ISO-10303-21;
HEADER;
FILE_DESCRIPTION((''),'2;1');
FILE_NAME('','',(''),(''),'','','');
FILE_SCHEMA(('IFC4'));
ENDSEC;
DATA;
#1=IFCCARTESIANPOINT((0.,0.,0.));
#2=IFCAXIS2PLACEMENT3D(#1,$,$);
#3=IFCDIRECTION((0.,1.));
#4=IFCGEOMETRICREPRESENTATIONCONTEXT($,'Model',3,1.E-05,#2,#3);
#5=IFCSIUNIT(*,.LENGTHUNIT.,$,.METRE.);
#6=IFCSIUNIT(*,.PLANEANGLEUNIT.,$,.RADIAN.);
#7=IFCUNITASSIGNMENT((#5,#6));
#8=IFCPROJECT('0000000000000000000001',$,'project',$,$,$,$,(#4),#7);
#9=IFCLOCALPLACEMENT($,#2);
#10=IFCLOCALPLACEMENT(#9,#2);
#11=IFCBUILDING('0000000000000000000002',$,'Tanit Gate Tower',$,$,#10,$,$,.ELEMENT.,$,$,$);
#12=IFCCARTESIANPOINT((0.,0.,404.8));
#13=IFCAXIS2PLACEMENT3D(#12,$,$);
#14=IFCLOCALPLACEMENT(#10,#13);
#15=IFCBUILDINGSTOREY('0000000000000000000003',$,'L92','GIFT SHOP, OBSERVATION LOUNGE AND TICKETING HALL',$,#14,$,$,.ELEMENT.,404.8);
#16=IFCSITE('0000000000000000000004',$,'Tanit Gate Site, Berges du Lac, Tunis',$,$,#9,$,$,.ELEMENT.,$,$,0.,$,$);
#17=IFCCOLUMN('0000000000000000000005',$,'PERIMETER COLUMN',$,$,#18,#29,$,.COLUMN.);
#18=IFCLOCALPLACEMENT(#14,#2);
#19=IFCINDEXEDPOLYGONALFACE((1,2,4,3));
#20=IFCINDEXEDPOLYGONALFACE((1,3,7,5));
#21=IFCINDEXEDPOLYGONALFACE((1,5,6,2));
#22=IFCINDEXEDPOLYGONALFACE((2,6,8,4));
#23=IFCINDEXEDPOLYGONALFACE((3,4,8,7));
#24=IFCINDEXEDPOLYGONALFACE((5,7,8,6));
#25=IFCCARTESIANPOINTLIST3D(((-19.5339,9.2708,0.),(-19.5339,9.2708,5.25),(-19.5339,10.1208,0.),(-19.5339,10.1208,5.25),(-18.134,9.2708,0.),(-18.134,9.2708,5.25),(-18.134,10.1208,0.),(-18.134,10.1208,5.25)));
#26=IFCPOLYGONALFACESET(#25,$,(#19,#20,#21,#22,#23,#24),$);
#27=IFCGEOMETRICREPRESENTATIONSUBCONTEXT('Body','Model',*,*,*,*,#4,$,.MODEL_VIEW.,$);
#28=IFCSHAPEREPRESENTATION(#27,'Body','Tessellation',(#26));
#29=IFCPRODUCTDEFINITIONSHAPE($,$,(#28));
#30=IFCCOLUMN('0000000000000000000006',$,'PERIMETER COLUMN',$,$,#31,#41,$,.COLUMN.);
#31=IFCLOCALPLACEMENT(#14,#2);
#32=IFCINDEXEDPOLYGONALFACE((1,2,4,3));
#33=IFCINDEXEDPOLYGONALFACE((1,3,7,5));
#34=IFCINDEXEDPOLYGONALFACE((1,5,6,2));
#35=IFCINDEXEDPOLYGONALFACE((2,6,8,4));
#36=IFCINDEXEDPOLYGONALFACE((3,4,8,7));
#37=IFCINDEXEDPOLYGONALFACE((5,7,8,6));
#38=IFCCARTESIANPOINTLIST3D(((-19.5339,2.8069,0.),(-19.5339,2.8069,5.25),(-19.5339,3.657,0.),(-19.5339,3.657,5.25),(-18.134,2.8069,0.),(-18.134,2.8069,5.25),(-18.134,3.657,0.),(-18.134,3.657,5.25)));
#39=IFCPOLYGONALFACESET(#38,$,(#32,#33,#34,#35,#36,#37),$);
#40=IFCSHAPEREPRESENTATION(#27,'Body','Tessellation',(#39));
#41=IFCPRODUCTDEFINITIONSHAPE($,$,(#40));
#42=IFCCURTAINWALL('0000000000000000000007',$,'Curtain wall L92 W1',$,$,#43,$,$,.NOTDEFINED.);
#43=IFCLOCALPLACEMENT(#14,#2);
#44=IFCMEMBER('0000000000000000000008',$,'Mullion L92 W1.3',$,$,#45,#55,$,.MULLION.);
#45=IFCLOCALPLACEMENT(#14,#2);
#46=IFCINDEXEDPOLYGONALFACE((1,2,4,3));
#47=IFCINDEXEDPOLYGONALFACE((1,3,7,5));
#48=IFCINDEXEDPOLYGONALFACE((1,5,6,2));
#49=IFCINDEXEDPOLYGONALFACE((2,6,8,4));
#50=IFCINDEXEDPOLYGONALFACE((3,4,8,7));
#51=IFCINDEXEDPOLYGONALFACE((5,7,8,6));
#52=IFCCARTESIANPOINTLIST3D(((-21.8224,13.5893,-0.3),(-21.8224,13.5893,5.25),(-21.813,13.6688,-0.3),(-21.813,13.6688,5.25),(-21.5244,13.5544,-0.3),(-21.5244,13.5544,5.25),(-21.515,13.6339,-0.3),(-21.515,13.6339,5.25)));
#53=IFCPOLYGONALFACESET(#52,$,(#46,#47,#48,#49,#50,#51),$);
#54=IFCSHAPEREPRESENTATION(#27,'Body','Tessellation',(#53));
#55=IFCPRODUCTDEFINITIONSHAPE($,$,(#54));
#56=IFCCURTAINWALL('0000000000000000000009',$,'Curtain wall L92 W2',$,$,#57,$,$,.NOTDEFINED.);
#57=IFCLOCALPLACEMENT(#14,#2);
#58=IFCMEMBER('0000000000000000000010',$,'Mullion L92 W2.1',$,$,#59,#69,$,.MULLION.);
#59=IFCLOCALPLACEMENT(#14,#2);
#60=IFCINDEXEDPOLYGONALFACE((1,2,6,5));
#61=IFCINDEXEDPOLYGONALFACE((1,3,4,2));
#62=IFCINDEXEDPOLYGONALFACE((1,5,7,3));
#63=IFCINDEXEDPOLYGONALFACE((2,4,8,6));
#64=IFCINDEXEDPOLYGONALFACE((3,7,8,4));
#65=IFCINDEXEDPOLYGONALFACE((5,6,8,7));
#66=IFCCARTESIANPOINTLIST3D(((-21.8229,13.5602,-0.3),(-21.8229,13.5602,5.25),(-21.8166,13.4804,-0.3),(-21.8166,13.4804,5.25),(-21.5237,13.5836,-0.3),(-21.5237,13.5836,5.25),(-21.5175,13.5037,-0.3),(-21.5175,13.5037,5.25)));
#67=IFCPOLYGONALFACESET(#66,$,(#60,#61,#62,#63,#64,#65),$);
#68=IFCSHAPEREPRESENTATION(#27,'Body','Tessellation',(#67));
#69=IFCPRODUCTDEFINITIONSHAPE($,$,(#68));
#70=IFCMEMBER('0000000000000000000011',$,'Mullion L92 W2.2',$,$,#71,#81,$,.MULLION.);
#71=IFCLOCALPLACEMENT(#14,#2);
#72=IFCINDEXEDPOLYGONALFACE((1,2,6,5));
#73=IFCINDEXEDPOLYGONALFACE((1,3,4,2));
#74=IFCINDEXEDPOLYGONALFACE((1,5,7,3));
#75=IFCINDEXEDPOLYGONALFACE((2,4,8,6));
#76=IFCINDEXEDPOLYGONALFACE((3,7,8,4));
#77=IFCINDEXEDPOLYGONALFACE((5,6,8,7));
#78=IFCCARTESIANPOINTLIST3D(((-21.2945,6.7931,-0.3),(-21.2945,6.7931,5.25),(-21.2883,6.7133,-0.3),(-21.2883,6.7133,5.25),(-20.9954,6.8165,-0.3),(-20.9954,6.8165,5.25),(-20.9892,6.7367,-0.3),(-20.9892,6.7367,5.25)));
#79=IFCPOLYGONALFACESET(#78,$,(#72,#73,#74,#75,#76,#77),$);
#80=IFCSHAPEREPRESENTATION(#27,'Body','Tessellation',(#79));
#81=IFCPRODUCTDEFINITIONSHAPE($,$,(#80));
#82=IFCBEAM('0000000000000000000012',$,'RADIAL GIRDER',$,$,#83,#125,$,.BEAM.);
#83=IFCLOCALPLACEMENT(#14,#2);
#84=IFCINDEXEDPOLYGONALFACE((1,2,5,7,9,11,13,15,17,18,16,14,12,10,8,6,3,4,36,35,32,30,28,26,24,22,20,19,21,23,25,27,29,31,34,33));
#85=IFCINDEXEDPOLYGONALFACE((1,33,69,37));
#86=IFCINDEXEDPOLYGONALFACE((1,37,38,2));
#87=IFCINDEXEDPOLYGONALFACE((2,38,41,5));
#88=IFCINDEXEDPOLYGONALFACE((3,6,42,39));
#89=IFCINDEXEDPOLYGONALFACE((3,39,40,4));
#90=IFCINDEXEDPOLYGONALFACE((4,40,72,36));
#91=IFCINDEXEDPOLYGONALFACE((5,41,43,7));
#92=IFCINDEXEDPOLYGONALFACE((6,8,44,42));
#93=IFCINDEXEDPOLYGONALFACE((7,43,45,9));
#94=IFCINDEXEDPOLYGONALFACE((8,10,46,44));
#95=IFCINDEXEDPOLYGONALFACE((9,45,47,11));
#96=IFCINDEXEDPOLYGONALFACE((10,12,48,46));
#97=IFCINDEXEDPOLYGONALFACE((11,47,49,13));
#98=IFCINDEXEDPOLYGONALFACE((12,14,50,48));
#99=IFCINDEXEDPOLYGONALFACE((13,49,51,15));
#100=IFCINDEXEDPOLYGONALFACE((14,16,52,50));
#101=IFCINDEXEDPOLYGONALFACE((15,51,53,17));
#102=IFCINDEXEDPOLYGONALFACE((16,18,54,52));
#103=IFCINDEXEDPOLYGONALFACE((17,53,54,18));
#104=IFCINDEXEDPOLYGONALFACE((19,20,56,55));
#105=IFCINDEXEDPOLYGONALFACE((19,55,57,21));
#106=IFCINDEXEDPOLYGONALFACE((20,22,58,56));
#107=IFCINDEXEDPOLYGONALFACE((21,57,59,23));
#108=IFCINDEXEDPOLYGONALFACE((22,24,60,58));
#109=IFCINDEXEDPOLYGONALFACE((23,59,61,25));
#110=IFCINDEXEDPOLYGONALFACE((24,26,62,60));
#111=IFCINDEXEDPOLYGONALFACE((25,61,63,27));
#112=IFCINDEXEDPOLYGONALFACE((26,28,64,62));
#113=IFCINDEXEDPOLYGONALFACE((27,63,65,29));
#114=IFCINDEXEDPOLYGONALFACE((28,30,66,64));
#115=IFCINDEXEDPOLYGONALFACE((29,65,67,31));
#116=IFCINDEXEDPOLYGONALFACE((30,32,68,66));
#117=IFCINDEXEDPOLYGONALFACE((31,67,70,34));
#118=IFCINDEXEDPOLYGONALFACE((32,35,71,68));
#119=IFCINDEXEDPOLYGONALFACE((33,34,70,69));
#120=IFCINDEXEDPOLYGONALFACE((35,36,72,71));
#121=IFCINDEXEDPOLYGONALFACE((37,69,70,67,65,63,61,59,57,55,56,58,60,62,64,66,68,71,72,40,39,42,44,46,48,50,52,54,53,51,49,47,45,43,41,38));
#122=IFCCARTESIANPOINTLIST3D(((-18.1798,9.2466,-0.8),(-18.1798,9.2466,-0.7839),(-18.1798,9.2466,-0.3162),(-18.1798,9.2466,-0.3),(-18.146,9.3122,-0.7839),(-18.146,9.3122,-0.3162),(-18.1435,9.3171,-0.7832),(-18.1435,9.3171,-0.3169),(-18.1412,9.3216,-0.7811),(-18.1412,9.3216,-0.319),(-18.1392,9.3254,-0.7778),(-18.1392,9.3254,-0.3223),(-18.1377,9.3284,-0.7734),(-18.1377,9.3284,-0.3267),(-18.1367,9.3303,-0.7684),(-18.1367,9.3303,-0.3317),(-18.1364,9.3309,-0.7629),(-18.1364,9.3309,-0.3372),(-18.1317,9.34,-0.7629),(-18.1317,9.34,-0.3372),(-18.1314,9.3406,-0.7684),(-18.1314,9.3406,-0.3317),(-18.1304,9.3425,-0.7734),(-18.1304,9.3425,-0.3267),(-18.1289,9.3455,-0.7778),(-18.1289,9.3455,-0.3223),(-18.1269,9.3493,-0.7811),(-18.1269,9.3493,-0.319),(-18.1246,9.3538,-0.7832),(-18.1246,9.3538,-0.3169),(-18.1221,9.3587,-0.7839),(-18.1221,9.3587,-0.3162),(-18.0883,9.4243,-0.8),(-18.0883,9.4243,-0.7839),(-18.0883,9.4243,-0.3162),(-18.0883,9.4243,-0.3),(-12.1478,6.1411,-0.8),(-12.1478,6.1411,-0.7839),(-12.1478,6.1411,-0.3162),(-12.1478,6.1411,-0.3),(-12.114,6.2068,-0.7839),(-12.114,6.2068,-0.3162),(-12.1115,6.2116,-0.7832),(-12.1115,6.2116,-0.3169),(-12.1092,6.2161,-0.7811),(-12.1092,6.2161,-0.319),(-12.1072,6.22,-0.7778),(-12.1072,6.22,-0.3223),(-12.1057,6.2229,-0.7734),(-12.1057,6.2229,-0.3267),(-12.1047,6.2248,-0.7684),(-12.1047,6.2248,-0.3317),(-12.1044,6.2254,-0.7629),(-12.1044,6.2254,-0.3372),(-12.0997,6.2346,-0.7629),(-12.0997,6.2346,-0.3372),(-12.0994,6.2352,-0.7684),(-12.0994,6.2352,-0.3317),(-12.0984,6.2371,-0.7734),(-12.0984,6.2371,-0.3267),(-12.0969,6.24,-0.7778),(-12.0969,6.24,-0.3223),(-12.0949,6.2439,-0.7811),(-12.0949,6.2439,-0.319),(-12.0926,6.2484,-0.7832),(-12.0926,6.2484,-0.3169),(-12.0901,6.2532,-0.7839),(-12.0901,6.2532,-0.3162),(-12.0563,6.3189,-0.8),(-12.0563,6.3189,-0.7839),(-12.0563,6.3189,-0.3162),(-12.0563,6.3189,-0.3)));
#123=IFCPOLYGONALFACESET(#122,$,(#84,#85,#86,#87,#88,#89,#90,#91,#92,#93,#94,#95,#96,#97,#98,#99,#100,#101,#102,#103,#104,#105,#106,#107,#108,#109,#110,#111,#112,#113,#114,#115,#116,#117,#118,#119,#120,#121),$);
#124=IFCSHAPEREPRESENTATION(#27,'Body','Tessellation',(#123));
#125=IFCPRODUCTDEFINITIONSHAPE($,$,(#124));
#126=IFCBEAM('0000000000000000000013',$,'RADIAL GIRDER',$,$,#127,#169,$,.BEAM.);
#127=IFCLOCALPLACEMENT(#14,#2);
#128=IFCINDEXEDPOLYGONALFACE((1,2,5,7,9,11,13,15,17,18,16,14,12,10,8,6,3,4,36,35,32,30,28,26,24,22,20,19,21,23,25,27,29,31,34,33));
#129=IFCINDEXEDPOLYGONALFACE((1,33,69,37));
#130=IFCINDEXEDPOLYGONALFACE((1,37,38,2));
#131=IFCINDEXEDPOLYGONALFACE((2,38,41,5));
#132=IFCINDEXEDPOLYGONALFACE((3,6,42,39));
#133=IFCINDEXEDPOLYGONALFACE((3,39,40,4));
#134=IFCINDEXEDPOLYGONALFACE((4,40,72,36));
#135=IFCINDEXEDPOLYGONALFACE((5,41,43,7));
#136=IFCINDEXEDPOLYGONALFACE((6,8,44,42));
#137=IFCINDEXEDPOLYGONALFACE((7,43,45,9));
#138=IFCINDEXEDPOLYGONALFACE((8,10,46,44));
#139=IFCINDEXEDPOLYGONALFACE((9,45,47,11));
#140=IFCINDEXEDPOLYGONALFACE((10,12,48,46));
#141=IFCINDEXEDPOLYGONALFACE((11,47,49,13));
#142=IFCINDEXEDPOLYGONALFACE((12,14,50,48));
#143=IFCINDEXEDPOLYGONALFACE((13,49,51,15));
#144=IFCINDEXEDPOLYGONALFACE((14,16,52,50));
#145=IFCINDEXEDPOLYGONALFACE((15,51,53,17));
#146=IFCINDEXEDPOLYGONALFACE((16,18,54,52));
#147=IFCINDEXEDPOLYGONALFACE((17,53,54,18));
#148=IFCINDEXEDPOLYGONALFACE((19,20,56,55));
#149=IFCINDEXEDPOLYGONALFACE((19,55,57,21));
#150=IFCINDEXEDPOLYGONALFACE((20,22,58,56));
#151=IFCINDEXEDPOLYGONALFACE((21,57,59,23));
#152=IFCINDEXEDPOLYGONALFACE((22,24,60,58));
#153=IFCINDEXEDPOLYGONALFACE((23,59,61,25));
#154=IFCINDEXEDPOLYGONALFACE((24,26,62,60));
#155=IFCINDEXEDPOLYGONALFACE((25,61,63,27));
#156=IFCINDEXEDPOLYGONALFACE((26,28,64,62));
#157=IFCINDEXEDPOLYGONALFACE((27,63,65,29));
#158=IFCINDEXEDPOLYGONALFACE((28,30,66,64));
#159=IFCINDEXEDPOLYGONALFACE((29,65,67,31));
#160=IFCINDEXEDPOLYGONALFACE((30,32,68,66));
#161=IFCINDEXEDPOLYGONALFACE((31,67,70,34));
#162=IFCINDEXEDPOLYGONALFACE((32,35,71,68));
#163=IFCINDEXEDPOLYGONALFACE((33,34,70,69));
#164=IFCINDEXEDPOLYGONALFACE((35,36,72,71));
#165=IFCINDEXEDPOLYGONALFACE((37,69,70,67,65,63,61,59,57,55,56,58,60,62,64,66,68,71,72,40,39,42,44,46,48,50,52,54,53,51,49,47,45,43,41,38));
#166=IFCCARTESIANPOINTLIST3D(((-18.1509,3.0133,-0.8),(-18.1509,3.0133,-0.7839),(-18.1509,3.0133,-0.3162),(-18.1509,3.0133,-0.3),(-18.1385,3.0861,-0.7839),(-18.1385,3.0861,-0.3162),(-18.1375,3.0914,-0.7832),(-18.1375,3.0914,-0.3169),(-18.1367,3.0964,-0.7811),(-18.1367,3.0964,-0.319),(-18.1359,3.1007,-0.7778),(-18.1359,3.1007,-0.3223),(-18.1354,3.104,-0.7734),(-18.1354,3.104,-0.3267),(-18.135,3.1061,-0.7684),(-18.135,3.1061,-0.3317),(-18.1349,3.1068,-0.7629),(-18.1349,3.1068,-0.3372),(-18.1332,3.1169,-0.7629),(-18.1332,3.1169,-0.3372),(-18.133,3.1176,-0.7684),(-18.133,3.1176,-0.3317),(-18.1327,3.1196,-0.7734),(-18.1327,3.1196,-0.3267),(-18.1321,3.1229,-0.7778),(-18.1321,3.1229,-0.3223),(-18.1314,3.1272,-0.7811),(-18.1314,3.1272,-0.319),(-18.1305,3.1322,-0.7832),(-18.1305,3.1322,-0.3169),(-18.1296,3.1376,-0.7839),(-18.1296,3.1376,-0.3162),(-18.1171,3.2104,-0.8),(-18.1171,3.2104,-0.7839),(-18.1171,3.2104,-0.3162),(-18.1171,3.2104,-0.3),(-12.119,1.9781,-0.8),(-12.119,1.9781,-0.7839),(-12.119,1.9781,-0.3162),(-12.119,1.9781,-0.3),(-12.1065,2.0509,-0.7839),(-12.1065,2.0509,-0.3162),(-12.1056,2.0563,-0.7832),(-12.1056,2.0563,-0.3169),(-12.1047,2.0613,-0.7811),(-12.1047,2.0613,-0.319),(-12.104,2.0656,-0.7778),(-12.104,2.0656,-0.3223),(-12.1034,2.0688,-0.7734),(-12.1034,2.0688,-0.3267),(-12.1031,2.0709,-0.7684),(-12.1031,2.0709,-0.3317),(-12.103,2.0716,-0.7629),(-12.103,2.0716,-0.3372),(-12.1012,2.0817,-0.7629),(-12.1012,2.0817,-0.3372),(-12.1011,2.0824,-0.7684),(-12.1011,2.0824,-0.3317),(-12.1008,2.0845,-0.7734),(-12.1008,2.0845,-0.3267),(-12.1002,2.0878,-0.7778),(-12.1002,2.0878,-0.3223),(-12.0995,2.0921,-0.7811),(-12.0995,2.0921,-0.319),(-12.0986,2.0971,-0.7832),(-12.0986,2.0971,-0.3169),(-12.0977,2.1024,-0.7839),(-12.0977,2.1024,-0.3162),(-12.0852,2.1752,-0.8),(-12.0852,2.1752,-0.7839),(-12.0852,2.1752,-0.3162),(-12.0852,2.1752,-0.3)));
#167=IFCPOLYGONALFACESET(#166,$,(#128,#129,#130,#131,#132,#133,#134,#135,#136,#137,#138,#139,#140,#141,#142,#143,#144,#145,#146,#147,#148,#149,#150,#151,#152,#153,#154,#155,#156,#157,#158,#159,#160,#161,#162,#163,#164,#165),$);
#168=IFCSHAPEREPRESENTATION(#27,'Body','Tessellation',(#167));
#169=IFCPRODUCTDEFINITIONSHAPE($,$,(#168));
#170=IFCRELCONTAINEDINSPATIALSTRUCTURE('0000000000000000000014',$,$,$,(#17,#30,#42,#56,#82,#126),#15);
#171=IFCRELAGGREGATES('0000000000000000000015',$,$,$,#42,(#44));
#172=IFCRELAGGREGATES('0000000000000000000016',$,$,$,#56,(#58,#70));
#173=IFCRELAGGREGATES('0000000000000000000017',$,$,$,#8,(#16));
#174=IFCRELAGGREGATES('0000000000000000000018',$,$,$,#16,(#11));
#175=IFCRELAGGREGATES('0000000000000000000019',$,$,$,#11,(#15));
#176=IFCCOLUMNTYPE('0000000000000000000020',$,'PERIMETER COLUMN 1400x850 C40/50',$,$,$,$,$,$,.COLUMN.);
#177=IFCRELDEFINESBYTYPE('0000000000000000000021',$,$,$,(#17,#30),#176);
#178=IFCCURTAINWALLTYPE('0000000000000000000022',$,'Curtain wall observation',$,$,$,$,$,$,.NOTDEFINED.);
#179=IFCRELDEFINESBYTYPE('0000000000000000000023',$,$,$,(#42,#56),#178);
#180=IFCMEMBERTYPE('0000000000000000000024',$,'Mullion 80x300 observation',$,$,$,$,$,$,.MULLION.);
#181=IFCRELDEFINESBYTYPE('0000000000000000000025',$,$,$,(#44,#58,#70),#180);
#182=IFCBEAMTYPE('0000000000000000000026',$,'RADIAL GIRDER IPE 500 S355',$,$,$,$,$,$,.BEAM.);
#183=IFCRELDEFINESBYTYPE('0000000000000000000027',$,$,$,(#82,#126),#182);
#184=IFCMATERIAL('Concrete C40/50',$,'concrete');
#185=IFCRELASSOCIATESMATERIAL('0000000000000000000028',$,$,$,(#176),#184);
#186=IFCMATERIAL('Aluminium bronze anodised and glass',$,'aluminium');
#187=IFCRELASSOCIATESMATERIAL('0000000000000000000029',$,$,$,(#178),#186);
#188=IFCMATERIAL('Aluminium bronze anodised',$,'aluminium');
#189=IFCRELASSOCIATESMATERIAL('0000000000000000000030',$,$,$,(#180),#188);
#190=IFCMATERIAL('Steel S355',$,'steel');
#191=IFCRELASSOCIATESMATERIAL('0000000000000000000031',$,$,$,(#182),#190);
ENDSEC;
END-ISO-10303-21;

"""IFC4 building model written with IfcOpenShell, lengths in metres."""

from ifc_helpers import new_model, si_unit, direction, frame, origin, origin_2d, place, context, subcontext, project, spatial, rectangle, i_section, extrude, material, material_profile, profile_set, type_object, element, aggregate, save


model = new_model("IFC4")

# Units and contexts
model_context = context("Model", 3, precision=1e-05, world=origin(), true_north=direction((0.0, 1.0)))
body_context = subcontext(model_context, "Body", "Model", "MODEL_VIEW")
ifc_project = project(units=[si_unit("LENGTHUNIT", "METRE"), si_unit("PLANEANGLEUNIT", "RADIAN")], contexts=[model_context])

# Site, building, storey
site_placement = place(None, origin())
site = spatial("IfcSite", under=ifc_project, at=site_placement, Name="Tanit Gate Site, Berges du Lac, Tunis", CompositionType="ELEMENT", RefElevation=0.0)
building_placement = place(site_placement, origin())
building = spatial("IfcBuilding", under=site, at=building_placement, Name="Tanit Gate Tower", CompositionType="ELEMENT")
storey_placement = place(building_placement, frame((0.0, 0.0, 404.8)))
storey = spatial("IfcBuildingStorey", under=building, at=storey_placement, Name="L92", Description="GIFT SHOP, OBSERVATION LOUNGE AND TICKETING HALL", CompositionType="ELEMENT", Elevation=404.8)

# Columns
ifc_material_1 = material(Name="Concrete C40/50", Category="concrete")
ifc_material_profile_1 = material_profile(ifc_material_1, rectangle(XDim=1.3999, YDim=0.8501, at=origin_2d()), Name="RC 1400x850")
ifc_profile_set_1 = profile_set([ifc_material_profile_1], Name="Concrete C40/50")
column_type = type_object("IfcColumnType", Name="PERIMETER COLUMN 1400x850 C40/50", PredefinedType="COLUMN", material=ifc_profile_set_1)
for number, where, z_axis, x_axis, name in (
    (1, (-18.834, 9.6958, 0.0), (0.0, 0.0, 1.0), (-1.0, 0.0, 0.0), "PERIMETER COLUMN"),
    (2, (-18.834, 3.2319, 0.0), (0.0, 0.0, 1.0), (-1.0, 0.0, 0.0), "PERIMETER COLUMN"),
):
    element("IfcColumn", number, at=place(storey_placement, frame(where, z_axis=z_axis, x_axis=x_axis)), inside=storey, type_object=column_type, Name=name, PredefinedType="COLUMN", context=body_context, shape_type="SweptSolid", body=[
        extrude(rectangle(XDim=1.3999, YDim=0.8501, at=origin_2d()), origin(), (0.0, 0.0, 1.0), 5.25),
    ])

# Curtain wall, member
ifc_material_2 = material(Name="Aluminium bronze anodised and glass", Category="aluminium")
curtain_wall_type = type_object("IfcCurtainWallType", Name="Curtain wall observation", PredefinedType="NOTDEFINED", material=ifc_material_2)
curtain_wall_1_placement = place(storey_placement, origin())
curtain_wall_1 = element("IfcCurtainWall", 3, at=curtain_wall_1_placement, inside=storey, type_object=curtain_wall_type, Name="Curtain wall L92 W1", PredefinedType="NOTDEFINED")
ifc_material_3 = material(Name="Aluminium bronze anodised", Category="aluminium")
ifc_material_profile_2 = material_profile(ifc_material_3, rectangle(XDim=0.3, YDim=0.0801, at=origin_2d()), Name="80x300 bronze mullion")
ifc_profile_set_2 = profile_set([ifc_material_profile_2], Name="Aluminium bronze anodised")
member_type_1 = type_object("IfcMemberType", Name="Mullion 80x300 observation", PredefinedType="MULLION", material=ifc_profile_set_2)
member_1_placement = place(storey_placement, frame((-21.6687, 13.6116, -0.3), z_axis=(0.0, 0.0, 1.0), x_axis=(0.993212, -0.116318, 0.0)))
member_1 = element("IfcMember", 4, at=member_1_placement, type_object=member_type_1, Name="Mullion L92 W1.3", PredefinedType="MULLION", context=body_context, shape_type="SweptSolid", body=[
    extrude(rectangle(XDim=0.3, YDim=0.0801, at=origin_2d()), origin(), (0.0, 0.0, 1.0), 5.55),
])

# Curtain wall, members
curtain_wall_2_placement = place(storey_placement, origin())
curtain_wall_2 = element("IfcCurtainWall", 5, at=curtain_wall_2_placement, inside=storey, type_object=curtain_wall_type, Name="Curtain wall L92 W2", PredefinedType="NOTDEFINED")
member_2_placement = place(storey_placement, frame((-21.6702, 13.532, -0.3), z_axis=(0.0, 0.0, 1.0), x_axis=(0.996966, 0.077839, 0.0)))
member_2 = element("IfcMember", 6, at=member_2_placement, type_object=member_type_1, Name="Mullion L92 W2.1", PredefinedType="MULLION", context=body_context, shape_type="SweptSolid", body=[
    extrude(rectangle(XDim=0.3, YDim=0.0801, at=origin_2d()), origin(), (0.0, 0.0, 1.0), 5.55),
])
member_3_placement = place(storey_placement, frame((-21.1418, 6.7649, -0.3), z_axis=(0.0, 0.0, 1.0), x_axis=(0.996966, 0.077839, 0.0)))
member_3 = element("IfcMember", 7, at=member_3_placement, type_object=member_type_1, Name="Mullion L92 W2.2", PredefinedType="MULLION", context=body_context, shape_type="SweptSolid", body=[
    extrude(rectangle(XDim=0.3, YDim=0.0801, at=origin_2d()), origin(), (0.0, 0.0, 1.0), 5.55),
])

# Beams
ifc_material_4 = material(Name="Steel S355", Category="steel")
ifc_material_profile_3 = material_profile(ifc_material_4, i_section(OverallWidth=0.2, OverallDepth=0.5, WebThickness=0.0103, FlangeThickness=0.0161, FilletRadius=0.021, at=origin_2d()), Name="IPE 500")
ifc_profile_set_3 = profile_set([ifc_material_profile_3], Name="Steel S355")
beam_type_1 = type_object("IfcBeamType", Name="RADIAL GIRDER IPE 500 S355", PredefinedType="BEAM", material=ifc_profile_set_3)
beam_1_placement = place(storey_placement, frame((-18.134, 9.3354, -0.55), z_axis=(0.88909, -0.457733, 0.0), x_axis=(0.457733, 0.88909, 0.0)))
element("IfcBeam", 8, at=beam_1_placement, inside=storey, type_object=beam_type_1, Name="RADIAL GIRDER", PredefinedType="BEAM", context=body_context, shape_type="SweptSolid", body=[
    extrude(i_section(OverallWidth=0.2, OverallDepth=0.5, WebThickness=0.0103, FlangeThickness=0.0161, FilletRadius=0.021, at=origin_2d()), origin(), (0.0, 0.0, 1.0), 6.7844),
])
beam_2_placement = place(storey_placement, frame((-18.134, 3.1118, -0.55), z_axis=(0.985592, -0.169139, 0.0), x_axis=(0.169139, 0.985592, 0.0)))
element("IfcBeam", 9, at=beam_2_placement, inside=storey, type_object=beam_type_1, Name="RADIAL GIRDER", PredefinedType="BEAM", context=body_context, shape_type="SweptSolid", body=[
    extrude(i_section(OverallWidth=0.2, OverallDepth=0.5, WebThickness=0.0103, FlangeThickness=0.0161, FilletRadius=0.021, at=origin_2d()), origin(), (0.0, 0.0, 1.0), 6.1201),
])

aggregate(curtain_wall_1, [member_1])
aggregate(curtain_wall_2, [member_2, member_3])

save(model, "model.ifc")
